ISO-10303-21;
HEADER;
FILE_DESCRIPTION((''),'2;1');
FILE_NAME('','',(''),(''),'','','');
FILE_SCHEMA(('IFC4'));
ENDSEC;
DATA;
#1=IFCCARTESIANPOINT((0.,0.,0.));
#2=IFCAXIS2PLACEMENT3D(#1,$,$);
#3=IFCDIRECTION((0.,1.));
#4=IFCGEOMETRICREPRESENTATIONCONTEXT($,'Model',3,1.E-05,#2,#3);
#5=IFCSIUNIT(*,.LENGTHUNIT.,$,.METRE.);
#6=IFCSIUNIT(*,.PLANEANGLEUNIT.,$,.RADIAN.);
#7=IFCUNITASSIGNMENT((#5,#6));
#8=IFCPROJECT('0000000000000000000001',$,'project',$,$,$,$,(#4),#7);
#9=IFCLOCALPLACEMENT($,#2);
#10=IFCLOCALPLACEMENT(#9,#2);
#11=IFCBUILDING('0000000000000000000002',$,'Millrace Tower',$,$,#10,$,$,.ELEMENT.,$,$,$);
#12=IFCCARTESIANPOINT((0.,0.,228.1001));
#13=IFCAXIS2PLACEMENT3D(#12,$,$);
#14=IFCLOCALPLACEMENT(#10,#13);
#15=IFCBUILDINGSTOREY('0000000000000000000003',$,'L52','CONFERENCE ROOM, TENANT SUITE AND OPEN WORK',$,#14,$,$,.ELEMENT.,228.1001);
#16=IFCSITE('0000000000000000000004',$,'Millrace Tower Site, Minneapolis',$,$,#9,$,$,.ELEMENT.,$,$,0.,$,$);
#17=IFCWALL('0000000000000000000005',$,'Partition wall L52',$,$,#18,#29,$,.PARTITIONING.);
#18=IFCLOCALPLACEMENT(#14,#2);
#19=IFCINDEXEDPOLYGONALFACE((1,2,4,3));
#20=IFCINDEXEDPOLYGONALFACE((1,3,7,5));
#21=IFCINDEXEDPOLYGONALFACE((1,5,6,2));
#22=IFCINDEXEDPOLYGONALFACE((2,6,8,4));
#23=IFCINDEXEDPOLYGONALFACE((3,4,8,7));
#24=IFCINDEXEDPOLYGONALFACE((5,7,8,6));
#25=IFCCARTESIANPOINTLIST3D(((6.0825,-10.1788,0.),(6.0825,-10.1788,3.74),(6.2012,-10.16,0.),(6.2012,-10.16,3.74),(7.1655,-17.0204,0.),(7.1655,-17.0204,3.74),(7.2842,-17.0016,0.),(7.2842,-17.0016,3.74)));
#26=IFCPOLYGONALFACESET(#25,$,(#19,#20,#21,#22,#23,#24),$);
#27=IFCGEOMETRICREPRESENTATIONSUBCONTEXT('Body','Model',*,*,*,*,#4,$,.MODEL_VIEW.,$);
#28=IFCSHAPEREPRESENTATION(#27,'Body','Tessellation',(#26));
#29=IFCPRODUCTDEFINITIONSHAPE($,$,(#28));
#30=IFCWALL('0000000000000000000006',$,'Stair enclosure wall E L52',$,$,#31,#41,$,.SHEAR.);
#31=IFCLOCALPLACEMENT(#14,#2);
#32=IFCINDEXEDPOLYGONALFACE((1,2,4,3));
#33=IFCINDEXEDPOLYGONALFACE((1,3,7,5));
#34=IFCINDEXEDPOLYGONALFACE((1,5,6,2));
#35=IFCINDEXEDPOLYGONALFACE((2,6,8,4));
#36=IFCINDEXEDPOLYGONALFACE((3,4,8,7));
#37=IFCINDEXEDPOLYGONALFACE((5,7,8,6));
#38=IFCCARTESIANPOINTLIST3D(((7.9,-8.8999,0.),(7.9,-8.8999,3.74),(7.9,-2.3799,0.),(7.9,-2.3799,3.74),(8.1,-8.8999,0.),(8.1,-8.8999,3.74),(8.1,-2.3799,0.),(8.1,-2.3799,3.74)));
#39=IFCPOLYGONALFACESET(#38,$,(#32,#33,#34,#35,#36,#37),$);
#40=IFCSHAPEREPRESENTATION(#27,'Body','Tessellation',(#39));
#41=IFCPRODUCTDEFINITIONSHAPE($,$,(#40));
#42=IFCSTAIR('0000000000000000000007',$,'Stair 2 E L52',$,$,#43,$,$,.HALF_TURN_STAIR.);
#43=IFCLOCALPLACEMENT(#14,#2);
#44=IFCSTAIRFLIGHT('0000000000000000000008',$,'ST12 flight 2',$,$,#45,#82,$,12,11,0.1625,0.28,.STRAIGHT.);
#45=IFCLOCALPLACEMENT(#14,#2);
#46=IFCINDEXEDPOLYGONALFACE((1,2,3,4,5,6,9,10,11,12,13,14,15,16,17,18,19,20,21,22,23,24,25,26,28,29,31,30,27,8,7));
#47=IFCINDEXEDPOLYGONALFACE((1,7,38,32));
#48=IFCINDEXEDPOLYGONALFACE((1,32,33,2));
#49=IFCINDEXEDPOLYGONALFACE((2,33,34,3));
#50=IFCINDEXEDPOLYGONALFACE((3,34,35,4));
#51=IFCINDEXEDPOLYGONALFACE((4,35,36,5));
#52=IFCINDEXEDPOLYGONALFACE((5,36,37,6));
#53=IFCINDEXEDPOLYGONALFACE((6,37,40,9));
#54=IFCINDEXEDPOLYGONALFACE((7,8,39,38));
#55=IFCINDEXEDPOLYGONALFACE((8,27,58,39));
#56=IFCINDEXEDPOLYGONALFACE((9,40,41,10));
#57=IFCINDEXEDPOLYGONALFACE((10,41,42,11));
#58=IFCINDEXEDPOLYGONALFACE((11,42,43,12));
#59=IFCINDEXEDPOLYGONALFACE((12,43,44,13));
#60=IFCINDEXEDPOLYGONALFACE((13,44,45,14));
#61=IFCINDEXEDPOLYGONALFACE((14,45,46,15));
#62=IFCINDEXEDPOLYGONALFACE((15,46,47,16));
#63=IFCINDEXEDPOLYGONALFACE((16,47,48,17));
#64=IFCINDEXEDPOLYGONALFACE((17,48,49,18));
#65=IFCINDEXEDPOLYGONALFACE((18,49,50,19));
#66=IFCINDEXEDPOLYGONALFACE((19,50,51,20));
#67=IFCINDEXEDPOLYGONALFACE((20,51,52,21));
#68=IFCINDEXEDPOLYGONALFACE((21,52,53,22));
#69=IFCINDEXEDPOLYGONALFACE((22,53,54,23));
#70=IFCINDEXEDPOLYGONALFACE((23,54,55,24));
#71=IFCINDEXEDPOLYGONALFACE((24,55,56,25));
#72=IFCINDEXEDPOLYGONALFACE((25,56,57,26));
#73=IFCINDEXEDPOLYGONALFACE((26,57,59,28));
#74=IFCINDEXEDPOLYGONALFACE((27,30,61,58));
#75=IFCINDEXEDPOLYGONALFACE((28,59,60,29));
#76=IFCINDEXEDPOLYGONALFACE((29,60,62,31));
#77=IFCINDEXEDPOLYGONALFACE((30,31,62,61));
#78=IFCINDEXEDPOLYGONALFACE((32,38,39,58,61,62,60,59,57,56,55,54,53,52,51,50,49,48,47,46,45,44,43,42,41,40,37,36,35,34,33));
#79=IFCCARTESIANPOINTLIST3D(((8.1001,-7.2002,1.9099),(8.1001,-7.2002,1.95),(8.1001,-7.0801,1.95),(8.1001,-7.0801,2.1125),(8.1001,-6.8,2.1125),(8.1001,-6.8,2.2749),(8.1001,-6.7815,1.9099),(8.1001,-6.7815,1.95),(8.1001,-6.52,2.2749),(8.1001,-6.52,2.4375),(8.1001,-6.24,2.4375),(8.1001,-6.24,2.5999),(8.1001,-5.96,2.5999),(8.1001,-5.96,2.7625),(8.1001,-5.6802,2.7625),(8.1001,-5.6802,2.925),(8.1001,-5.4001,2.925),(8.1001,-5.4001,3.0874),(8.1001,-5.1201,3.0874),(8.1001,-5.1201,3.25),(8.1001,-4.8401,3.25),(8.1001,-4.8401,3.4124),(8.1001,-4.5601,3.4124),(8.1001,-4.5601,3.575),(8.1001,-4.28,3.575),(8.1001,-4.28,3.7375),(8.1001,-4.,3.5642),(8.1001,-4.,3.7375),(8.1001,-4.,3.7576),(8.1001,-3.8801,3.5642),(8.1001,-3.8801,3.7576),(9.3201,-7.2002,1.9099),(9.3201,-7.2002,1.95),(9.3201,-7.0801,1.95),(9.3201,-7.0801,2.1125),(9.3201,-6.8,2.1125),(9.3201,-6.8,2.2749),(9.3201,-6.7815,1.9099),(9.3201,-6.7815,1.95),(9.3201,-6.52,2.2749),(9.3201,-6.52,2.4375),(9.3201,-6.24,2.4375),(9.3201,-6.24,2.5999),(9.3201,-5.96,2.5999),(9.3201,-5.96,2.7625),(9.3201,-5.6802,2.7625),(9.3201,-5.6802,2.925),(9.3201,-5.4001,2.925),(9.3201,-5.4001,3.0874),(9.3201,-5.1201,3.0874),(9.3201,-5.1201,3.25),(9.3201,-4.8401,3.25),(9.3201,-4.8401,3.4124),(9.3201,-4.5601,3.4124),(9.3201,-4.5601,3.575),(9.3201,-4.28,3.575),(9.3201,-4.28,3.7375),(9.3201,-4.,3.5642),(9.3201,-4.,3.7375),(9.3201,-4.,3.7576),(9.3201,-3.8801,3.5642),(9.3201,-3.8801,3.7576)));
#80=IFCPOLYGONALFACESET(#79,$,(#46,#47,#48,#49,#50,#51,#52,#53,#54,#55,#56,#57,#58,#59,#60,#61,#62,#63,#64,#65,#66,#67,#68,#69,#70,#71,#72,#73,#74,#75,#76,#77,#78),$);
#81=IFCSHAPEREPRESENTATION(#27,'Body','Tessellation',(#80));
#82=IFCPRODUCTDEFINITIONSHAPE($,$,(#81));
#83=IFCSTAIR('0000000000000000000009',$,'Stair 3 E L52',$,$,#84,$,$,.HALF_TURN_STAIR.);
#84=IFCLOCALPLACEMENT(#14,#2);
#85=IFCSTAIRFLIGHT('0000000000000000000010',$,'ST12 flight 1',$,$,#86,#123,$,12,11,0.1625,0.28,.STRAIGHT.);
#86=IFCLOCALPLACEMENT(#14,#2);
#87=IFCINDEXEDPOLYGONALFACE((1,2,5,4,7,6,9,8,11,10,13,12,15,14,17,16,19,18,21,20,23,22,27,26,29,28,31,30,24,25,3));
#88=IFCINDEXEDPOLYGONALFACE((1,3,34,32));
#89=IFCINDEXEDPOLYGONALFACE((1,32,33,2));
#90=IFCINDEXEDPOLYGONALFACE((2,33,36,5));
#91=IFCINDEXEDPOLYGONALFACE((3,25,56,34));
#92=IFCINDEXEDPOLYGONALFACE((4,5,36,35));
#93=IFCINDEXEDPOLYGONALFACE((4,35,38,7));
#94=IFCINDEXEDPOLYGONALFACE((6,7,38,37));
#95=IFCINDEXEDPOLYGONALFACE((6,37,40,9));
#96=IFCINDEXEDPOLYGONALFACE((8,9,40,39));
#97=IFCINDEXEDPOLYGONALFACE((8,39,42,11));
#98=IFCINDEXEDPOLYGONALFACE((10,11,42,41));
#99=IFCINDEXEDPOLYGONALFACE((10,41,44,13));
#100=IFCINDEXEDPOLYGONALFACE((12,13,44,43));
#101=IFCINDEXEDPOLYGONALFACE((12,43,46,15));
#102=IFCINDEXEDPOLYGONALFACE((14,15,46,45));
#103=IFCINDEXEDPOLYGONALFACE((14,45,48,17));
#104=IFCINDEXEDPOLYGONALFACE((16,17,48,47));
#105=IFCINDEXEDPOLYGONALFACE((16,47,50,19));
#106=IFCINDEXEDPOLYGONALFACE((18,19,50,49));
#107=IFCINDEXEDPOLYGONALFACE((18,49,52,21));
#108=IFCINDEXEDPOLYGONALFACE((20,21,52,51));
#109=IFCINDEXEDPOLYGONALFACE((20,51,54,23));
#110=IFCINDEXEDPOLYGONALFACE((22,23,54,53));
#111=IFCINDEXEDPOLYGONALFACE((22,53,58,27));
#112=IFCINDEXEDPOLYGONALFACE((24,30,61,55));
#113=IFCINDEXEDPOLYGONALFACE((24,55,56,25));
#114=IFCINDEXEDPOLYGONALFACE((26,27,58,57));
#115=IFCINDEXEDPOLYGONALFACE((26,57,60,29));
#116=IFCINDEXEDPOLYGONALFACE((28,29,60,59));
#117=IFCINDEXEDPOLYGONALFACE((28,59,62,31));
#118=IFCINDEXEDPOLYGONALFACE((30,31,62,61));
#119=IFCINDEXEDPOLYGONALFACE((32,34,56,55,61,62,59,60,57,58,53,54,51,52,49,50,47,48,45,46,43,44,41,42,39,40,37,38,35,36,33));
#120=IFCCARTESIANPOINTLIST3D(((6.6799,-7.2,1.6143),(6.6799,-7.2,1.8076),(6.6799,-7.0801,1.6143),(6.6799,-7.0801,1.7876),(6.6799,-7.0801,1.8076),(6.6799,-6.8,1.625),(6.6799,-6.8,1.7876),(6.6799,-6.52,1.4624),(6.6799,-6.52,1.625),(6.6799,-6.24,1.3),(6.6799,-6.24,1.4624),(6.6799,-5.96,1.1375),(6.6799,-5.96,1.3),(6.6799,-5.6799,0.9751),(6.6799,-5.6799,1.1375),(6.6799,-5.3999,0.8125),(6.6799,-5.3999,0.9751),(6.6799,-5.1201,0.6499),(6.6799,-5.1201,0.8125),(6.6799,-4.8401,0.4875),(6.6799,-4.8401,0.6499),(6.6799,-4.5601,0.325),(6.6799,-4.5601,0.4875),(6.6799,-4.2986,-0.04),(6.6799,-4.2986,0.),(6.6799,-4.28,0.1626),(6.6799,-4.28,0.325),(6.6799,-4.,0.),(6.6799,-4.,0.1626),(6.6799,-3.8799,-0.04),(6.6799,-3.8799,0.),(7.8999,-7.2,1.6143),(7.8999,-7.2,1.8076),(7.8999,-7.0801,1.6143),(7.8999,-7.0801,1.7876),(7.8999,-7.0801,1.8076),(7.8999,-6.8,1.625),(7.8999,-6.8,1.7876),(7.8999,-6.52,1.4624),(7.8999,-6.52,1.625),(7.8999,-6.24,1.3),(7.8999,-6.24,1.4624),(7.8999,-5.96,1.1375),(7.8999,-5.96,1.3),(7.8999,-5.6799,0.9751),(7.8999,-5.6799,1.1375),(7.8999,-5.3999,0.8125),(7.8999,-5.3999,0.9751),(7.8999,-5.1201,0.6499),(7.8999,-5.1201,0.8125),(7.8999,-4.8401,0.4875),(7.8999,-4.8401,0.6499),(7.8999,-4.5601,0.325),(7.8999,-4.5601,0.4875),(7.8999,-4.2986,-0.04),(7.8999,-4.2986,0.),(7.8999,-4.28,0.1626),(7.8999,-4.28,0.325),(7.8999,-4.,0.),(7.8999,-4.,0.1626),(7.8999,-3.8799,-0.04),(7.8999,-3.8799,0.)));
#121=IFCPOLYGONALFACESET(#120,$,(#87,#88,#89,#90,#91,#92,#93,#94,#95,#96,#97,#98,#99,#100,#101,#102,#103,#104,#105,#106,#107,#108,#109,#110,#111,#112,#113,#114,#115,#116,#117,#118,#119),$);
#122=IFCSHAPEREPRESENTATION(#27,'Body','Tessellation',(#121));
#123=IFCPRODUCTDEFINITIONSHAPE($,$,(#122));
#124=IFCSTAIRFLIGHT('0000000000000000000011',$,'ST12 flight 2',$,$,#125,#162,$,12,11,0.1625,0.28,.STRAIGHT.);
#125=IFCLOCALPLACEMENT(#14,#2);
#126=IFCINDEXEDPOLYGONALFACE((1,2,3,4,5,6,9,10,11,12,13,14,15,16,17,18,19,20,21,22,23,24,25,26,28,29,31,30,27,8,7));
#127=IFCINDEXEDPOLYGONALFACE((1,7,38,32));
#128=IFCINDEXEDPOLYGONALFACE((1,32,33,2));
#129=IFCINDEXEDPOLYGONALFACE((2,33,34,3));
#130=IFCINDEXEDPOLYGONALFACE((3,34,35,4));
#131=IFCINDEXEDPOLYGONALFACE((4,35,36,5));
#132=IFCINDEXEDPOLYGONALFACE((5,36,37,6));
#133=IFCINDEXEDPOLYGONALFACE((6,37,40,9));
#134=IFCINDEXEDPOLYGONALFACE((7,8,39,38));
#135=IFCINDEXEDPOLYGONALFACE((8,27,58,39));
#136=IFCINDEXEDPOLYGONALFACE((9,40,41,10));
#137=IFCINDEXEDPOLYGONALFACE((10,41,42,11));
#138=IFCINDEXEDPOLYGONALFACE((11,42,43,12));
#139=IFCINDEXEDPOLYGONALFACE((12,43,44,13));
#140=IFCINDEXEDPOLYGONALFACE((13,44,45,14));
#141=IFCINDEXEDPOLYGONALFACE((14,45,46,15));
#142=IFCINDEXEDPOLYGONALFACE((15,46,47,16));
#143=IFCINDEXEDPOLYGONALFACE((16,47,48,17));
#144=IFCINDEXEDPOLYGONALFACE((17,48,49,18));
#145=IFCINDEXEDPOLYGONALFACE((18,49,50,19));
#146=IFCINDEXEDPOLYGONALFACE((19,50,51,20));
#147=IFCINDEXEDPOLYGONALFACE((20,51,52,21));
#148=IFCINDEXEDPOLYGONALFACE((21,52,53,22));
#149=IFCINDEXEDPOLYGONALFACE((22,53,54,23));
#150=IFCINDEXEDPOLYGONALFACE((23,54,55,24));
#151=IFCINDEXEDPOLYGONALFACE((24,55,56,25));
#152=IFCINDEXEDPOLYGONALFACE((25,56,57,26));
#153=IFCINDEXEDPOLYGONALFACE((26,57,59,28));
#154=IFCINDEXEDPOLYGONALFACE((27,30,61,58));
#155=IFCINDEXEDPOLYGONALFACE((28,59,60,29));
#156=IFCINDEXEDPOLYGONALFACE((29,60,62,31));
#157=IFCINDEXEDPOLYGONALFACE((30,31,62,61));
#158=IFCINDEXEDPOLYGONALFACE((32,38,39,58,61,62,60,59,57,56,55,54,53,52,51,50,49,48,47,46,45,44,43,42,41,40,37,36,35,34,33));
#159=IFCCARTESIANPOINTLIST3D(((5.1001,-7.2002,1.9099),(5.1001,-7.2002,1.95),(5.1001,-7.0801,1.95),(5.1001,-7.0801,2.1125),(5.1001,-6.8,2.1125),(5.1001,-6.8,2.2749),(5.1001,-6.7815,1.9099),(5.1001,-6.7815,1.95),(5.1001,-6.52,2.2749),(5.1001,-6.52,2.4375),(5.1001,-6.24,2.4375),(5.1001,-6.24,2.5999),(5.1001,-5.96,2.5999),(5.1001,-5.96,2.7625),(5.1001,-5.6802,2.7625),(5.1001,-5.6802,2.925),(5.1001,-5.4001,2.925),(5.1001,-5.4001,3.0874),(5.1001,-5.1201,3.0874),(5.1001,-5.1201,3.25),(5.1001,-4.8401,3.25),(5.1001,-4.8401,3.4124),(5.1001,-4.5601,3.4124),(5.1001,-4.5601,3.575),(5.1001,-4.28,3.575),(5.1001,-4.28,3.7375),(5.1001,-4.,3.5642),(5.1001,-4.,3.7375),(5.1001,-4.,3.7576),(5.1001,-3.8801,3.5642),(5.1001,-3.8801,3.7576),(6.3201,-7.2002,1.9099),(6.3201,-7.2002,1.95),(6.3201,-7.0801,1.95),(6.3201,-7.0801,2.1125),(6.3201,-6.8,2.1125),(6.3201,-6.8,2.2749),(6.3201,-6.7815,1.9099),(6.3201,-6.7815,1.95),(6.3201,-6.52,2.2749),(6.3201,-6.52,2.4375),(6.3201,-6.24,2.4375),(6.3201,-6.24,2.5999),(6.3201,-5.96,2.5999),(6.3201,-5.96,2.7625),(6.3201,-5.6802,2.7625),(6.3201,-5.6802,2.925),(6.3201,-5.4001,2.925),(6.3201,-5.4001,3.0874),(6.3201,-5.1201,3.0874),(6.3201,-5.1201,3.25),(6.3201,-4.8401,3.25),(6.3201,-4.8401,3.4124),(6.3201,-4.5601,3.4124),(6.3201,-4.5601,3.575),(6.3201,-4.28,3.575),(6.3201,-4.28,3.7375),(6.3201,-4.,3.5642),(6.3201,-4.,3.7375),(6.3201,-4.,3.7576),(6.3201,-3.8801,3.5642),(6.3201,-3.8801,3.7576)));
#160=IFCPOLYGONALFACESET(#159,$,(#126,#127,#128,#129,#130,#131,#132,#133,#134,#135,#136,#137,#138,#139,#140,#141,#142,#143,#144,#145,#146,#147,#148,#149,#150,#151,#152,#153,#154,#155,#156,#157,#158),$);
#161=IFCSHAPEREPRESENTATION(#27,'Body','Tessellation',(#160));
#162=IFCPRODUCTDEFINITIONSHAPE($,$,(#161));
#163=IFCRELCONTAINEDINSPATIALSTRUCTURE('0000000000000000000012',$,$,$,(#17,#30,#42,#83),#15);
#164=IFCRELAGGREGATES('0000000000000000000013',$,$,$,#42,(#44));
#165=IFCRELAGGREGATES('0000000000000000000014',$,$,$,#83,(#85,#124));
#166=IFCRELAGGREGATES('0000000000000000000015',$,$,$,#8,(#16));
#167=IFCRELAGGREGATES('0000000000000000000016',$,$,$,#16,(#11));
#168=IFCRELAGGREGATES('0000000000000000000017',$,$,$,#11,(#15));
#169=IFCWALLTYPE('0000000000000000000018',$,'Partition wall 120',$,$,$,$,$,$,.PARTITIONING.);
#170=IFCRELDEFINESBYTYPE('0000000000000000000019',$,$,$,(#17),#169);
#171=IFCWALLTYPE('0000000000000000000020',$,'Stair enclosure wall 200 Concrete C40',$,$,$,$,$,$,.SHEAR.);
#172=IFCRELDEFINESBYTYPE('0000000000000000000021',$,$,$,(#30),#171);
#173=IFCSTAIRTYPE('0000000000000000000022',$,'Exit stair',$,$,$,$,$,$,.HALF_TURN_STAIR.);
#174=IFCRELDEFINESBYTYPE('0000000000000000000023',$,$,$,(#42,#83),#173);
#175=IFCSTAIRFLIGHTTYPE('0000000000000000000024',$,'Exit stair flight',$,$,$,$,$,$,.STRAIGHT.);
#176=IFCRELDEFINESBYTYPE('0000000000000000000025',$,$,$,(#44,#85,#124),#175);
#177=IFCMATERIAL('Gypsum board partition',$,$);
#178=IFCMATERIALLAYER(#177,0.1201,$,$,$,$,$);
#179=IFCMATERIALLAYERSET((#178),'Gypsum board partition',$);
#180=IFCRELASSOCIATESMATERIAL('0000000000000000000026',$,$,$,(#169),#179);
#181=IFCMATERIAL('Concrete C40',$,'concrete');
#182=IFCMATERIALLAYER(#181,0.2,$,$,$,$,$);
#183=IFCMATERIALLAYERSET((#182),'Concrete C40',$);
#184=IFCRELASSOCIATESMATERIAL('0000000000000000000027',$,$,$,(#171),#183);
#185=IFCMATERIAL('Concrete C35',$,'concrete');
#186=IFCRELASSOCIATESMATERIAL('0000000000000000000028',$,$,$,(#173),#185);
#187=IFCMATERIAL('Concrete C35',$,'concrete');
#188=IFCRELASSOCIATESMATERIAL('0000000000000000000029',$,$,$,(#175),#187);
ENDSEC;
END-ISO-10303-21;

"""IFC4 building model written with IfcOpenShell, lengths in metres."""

from ifc_helpers import new_model, si_unit, direction, frame, frame_2d, origin, place, context, subcontext, project, spatial, polyline, rectangle, outline, extrude, material, layer, layer_set, type_object, element, aggregate, save


model = new_model("IFC4")

# Units and contexts
model_context = context("Model", 3, precision=1e-05, world=origin(), true_north=direction((0.0, 1.0)))
body_context = subcontext(model_context, "Body", "Model", "MODEL_VIEW")
ifc_project = project(units=[si_unit("LENGTHUNIT", "METRE"), si_unit("PLANEANGLEUNIT", "RADIAN")], contexts=[model_context])

# Site, building, storey
site_placement = place(None, origin())
site = spatial("IfcSite", under=ifc_project, at=site_placement, Name="Millrace Tower Site, Minneapolis", CompositionType="ELEMENT", RefElevation=0.0)
building_placement = place(site_placement, origin())
building = spatial("IfcBuilding", under=site, at=building_placement, Name="Millrace Tower", CompositionType="ELEMENT")
storey_placement = place(building_placement, frame((0.0, 0.0, 228.1001)))
storey = spatial("IfcBuildingStorey", under=building, at=storey_placement, Name="L52", Description="CONFERENCE ROOM, TENANT SUITE AND OPEN WORK", CompositionType="ELEMENT", Elevation=228.1001)

# Shared definitions
placement_1 = place(storey_placement, origin())

# Walls
ifc_material_1 = material(Name="Gypsum board partition")
ifc_layer_1 = layer(ifc_material_1, 0.1201)
ifc_layer_set_1 = layer_set([ifc_layer_1], Name="Gypsum board partition")
wall_type_1 = type_object("IfcWallType", Name="Partition wall 120", PredefinedType="PARTITIONING", material=ifc_layer_set_1)
wall_1_placement = place(storey_placement, frame((6.1418, -10.1694, 0.0), z_axis=(0.0, 0.0, 1.0), x_axis=(0.156352, -0.987701, 0.0)))
element("IfcWall", 1, at=wall_1_placement, inside=storey, type_object=wall_type_1, Name="Partition wall L52", PredefinedType="PARTITIONING", context=body_context, shape_type="SweptSolid", body=[
    extrude(rectangle(XDim=6.9268, YDim=0.1201, at=frame_2d((3.4634, 0.0))), origin(), (0.0, 0.0, 1.0), 3.74),
])
ifc_material_2 = material(Name="Concrete C40", Category="concrete")
ifc_layer_2 = layer(ifc_material_2, 0.2)
ifc_layer_set_2 = layer_set([ifc_layer_2], Name="Concrete C40")
wall_type_2 = type_object("IfcWallType", Name="Stair enclosure wall 200 Concrete C40", PredefinedType="SHEAR", material=ifc_layer_set_2)
wall_2_placement = place(storey_placement, frame((8.0, -2.3799, 0.0), z_axis=(0.0, 0.0, 1.0), x_axis=(0.0, -1.0, 0.0)))
element("IfcWall", 2, at=wall_2_placement, inside=storey, type_object=wall_type_2, Name="Stair enclosure wall E L52", PredefinedType="SHEAR", context=body_context, shape_type="SweptSolid", body=[
    extrude(rectangle(XDim=6.52, YDim=0.2, at=frame_2d((3.26, 0.0))), origin(), (0.0, 0.0, 1.0), 3.74),
])

# Stair, stair flight
ifc_material_3 = material(Name="Concrete C35", Category="concrete")
stair_type = type_object("IfcStairType", Name="Exit stair", PredefinedType="HALF_TURN_STAIR", material=ifc_material_3)
stair_1 = element("IfcStair", 3, at=placement_1, inside=storey, type_object=stair_type, Name="Stair 2 E L52", PredefinedType="HALF_TURN_STAIR")
ifc_material_4 = material(Name="Concrete C35", Category="concrete")
stair_flight_type = type_object("IfcStairFlightType", Name="Exit stair flight", PredefinedType="STRAIGHT", material=ifc_material_4)
stair_flight_1_placement = place(storey_placement, frame((8.71, -7.0801, 1.95), z_axis=(0.0, 0.0, 1.0), x_axis=(0.0, 1.0, 0.0)))
stair_flight_1 = element("IfcStairFlight", 4, at=stair_flight_1_placement, type_object=stair_flight_type, Name="ST12 flight 2", NumberOfRisers=12, NumberOfTreads=11, PredefinedType="STRAIGHT", RiserHeight=0.1625, TreadLength=0.28, context=body_context, shape_type="SweptSolid", body=[
    extrude(outline(polyline([(-0.1201, -0.04), (-0.1201, 0.0), (0.0, 0.0), (0.0, 0.1626), (0.28, 0.1626), (0.28, 0.325), (0.5601, 0.325), (0.5601, 0.4875), (0.8401, 0.4875), (0.8401, 0.6499), (1.1201, 0.6499), (1.1201, 0.8125), (1.3999, 0.8125), (1.3999, 0.9751), (1.6799, 0.9751), (1.6799, 1.1375), (1.96, 1.1375), (1.96, 1.3), (2.24, 1.3), (2.24, 1.4624), (2.52, 1.4624), (2.52, 1.625), (2.8, 1.625), (2.8, 1.7876), (3.0801, 1.7876), (3.0801, 1.8076), (3.2, 1.8076), (3.2, 1.6143), (3.0801, 1.6143), (0.2986, 0.0), (0.2986, -0.04), (-0.1201, -0.04)])), frame((0.0, 0.6099, 0.0), z_axis=(0.0, -1.0, 0.0), x_axis=(1.0, 0.0, 0.0)), (0.0, 0.0, 1.0), 1.22),
])
aggregate(stair_1, [stair_flight_1])

# Stair, stair flights
stair_2 = element("IfcStair", 5, at=placement_1, inside=storey, type_object=stair_type, Name="Stair 3 E L52", PredefinedType="HALF_TURN_STAIR")
stair_flight_2_placement = place(storey_placement, frame((7.29, -4.0, 0.0), z_axis=(0.0, 0.0, 1.0), x_axis=(0.0, -1.0, 0.0)))
stair_flight_2 = element("IfcStairFlight", 6, at=stair_flight_2_placement, type_object=stair_flight_type, Name="ST12 flight 1", NumberOfRisers=12, NumberOfTreads=11, PredefinedType="STRAIGHT", RiserHeight=0.1625, TreadLength=0.28, context=body_context, shape_type="SweptSolid", body=[
    extrude(outline(polyline([(-0.1201, -0.04), (-0.1201, 0.0), (0.0, 0.0), (0.0, 0.1626), (0.28, 0.1626), (0.28, 0.325), (0.5601, 0.325), (0.5601, 0.4875), (0.8401, 0.4875), (0.8401, 0.6499), (1.1201, 0.6499), (1.1201, 0.8125), (1.3999, 0.8125), (1.3999, 0.9751), (1.6799, 0.9751), (1.6799, 1.1375), (1.96, 1.1375), (1.96, 1.3), (2.24, 1.3), (2.24, 1.4624), (2.52, 1.4624), (2.52, 1.625), (2.8, 1.625), (2.8, 1.7876), (3.0801, 1.7876), (3.0801, 1.8076), (3.2, 1.8076), (3.2, 1.6143), (3.0801, 1.6143), (0.2986, 0.0), (0.2986, -0.04), (-0.1201, -0.04)])), frame((0.0, 0.6099, 0.0), z_axis=(0.0, -1.0, 0.0), x_axis=(1.0, 0.0, 0.0)), (0.0, 0.0, 1.0), 1.22),
])
stair_flight_3_placement = place(storey_placement, frame((5.71, -7.0801, 1.95), z_axis=(0.0, 0.0, 1.0), x_axis=(0.0, 1.0, 0.0)))
stair_flight_3 = element("IfcStairFlight", 7, at=stair_flight_3_placement, type_object=stair_flight_type, Name="ST12 flight 2", NumberOfRisers=12, NumberOfTreads=11, PredefinedType="STRAIGHT", RiserHeight=0.1625, TreadLength=0.28, context=body_context, shape_type="SweptSolid", body=[
    extrude(outline(polyline([(-0.1201, -0.04), (-0.1201, 0.0), (0.0, 0.0), (0.0, 0.1626), (0.28, 0.1626), (0.28, 0.325), (0.5601, 0.325), (0.5601, 0.4875), (0.8401, 0.4875), (0.8401, 0.6499), (1.1201, 0.6499), (1.1201, 0.8125), (1.3999, 0.8125), (1.3999, 0.9751), (1.6799, 0.9751), (1.6799, 1.1375), (1.96, 1.1375), (1.96, 1.3), (2.24, 1.3), (2.24, 1.4624), (2.52, 1.4624), (2.52, 1.625), (2.8, 1.625), (2.8, 1.7876), (3.0801, 1.7876), (3.0801, 1.8076), (3.2, 1.8076), (3.2, 1.6143), (3.0801, 1.6143), (0.2986, 0.0), (0.2986, -0.04), (-0.1201, -0.04)])), frame((0.0, 0.6099, 0.0), z_axis=(0.0, -1.0, 0.0), x_axis=(1.0, 0.0, 0.0)), (0.0, 0.0, 1.0), 1.22),
])
aggregate(stair_2, [stair_flight_2, stair_flight_3])

save(model, "model.ifc")
